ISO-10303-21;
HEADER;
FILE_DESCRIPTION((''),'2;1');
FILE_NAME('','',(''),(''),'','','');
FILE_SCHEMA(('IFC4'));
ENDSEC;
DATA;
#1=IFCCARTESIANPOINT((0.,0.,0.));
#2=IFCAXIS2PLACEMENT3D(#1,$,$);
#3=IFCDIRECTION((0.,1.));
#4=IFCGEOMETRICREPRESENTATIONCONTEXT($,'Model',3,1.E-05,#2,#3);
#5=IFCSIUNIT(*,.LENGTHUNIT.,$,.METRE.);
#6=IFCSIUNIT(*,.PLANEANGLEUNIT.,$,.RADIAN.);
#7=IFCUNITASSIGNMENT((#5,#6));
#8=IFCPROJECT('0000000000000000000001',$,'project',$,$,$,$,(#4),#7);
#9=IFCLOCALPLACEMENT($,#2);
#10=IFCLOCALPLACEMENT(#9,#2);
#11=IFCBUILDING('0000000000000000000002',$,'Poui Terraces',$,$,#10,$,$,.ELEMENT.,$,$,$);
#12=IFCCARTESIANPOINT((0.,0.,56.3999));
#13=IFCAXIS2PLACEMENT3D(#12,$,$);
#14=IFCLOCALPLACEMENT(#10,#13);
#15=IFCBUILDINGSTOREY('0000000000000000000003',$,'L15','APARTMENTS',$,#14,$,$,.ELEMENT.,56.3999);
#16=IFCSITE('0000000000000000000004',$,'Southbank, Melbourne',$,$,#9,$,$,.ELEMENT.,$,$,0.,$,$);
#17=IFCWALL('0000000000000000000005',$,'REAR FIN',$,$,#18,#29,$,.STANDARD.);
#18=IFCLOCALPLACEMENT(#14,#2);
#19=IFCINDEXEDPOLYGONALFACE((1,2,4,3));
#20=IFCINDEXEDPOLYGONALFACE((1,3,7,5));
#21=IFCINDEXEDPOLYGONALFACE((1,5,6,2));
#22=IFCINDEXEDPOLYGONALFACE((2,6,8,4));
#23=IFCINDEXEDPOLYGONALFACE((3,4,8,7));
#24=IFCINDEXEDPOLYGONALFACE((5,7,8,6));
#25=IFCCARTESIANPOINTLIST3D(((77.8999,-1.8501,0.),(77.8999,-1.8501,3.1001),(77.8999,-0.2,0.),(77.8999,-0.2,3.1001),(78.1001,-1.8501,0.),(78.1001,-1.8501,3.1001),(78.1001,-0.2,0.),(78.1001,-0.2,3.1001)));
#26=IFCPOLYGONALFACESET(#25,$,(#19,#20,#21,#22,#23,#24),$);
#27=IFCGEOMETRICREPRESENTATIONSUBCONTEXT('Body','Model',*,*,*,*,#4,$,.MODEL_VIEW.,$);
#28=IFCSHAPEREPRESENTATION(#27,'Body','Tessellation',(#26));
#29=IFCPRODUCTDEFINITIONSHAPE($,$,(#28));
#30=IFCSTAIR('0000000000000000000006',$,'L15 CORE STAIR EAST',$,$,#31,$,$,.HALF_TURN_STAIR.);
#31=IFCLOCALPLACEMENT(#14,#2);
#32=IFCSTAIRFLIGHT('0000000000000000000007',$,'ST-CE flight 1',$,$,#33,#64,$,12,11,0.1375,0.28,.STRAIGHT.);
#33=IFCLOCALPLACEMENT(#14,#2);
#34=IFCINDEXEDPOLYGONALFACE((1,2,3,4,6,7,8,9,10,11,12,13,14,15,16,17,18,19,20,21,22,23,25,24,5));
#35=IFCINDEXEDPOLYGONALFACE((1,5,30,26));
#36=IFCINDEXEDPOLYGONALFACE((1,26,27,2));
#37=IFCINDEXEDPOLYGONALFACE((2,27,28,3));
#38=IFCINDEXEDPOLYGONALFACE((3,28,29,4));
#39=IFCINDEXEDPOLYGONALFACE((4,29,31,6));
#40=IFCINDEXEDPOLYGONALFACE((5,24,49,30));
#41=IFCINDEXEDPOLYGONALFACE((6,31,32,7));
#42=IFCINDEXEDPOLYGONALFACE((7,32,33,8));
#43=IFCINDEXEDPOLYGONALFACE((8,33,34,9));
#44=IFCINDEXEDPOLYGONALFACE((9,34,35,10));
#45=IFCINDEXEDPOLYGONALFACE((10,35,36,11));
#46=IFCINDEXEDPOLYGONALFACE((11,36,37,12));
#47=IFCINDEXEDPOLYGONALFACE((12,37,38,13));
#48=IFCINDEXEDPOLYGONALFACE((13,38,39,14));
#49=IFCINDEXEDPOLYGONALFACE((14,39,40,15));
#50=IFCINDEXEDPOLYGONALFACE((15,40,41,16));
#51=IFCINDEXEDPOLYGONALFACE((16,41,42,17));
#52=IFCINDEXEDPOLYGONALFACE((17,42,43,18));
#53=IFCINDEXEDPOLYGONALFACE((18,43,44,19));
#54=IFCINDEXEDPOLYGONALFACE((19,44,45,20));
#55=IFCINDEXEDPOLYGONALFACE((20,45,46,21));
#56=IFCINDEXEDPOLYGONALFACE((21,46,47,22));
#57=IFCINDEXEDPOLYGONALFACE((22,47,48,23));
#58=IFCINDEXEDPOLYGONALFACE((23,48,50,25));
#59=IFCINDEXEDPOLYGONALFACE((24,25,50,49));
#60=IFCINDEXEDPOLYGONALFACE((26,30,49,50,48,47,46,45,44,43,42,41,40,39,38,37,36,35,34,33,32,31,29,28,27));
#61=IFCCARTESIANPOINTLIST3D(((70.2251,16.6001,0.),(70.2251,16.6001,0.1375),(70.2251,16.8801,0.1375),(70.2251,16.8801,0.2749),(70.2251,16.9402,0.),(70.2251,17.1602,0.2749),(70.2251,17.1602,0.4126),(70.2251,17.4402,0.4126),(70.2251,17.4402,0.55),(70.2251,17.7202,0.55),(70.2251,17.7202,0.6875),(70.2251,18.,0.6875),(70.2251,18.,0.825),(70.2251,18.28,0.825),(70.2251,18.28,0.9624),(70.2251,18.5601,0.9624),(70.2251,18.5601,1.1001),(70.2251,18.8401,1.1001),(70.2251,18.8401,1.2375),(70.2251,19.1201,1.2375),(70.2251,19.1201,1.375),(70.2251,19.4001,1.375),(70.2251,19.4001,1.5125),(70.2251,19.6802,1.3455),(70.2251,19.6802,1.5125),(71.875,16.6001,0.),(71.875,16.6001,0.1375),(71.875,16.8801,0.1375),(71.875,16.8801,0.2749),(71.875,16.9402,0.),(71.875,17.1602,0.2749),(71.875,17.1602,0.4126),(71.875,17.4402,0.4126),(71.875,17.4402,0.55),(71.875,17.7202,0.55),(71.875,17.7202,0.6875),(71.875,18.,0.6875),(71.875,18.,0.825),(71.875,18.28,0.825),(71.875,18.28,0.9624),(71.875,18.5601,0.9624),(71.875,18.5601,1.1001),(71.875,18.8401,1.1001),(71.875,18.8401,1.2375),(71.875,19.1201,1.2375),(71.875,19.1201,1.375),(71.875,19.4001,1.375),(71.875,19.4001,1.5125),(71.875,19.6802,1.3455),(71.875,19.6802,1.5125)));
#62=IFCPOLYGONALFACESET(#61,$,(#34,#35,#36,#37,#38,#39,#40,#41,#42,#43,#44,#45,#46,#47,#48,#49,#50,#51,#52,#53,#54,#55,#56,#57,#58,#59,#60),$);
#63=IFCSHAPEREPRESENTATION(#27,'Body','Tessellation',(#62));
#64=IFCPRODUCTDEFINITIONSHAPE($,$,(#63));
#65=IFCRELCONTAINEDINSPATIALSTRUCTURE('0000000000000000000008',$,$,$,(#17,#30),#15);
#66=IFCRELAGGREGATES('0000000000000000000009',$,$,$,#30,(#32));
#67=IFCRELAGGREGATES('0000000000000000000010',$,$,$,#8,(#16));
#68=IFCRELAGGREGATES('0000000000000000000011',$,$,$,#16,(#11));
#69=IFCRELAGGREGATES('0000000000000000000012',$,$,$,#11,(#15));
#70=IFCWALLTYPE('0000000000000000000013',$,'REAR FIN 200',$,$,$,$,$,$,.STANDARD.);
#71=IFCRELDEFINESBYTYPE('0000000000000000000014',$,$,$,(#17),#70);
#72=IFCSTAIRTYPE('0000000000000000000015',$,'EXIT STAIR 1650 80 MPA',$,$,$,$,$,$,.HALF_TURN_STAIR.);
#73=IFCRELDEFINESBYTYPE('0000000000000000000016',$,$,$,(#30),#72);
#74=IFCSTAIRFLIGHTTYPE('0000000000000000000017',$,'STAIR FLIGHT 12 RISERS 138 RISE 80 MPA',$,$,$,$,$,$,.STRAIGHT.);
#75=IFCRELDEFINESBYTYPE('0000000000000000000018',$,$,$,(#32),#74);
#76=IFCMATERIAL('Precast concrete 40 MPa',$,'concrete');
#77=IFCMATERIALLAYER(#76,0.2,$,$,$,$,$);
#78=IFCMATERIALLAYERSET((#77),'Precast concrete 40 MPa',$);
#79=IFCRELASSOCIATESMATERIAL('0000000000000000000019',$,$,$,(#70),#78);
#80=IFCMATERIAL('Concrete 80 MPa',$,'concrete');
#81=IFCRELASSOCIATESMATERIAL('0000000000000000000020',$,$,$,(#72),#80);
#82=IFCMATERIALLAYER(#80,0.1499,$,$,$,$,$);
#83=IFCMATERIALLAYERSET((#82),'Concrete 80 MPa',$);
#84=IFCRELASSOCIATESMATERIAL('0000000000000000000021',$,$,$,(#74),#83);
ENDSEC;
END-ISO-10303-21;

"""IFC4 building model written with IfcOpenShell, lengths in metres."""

from ifc_helpers import new_model, si_unit, direction, frame, origin, place, context, subcontext, project, spatial, polyline, outline, extrude, source, transform, mapped, material, layer, layer_set, type_object, element, aggregate, save


model = new_model("IFC4")

# Units and contexts
model_context = context("Model", 3, precision=1e-05, world=origin(), true_north=direction((0.0, 1.0)))
body_context = subcontext(model_context, "Body", "Model", "MODEL_VIEW")
ifc_project = project(units=[si_unit("LENGTHUNIT", "METRE"), si_unit("PLANEANGLEUNIT", "RADIAN")], contexts=[model_context])

# Site, building, storey
site_placement = place(None, origin())
site = spatial("IfcSite", under=ifc_project, at=site_placement, Name="Southbank, Melbourne", CompositionType="ELEMENT", RefElevation=0.0)
building_placement = place(site_placement, origin())
building = spatial("IfcBuilding", under=site, at=building_placement, Name="Poui Terraces", CompositionType="ELEMENT")
storey_placement = place(building_placement, frame((0.0, 0.0, 56.3999)))
storey = spatial("IfcBuildingStorey", under=building, at=storey_placement, Name="L15", Description="APARTMENTS", CompositionType="ELEMENT", Elevation=56.3999)

# Shared definitions
ifc_material_1 = material(Name="Concrete 80 MPa", Category="concrete")

# Shared definitions
ifc_material_2 = material(Name="Precast concrete 40 MPa", Category="concrete")

# Wall
ifc_layer_1 = layer(ifc_material_2, 0.2)
ifc_layer_set_1 = layer_set([ifc_layer_1], Name="Precast concrete 40 MPa")
wall_type_1 = type_object("IfcWallType", Name="REAR FIN 200", PredefinedType="STANDARD", material=ifc_layer_set_1)
shared_shape_1 = source(origin(), body_context, "Body", "SweptSolid", [
    extrude(outline(polyline([(0.0, 0.0), (0.2002, 0.0), (0.2002, 1.6501), (0.0, 1.6501), (0.0, 0.0)])), origin(), (0.0, 0.0, 1.0), 3.1001),
])
for number, where, name in (
    (1, (77.8999, -1.8501, 0.0), "REAR FIN"),
):
    element("IfcWall", number, at=place(storey_placement, frame(where)), inside=storey, type_object=wall_type_1, Name=name, PredefinedType="STANDARD", context=body_context, shape_type="MappedRepresentation", body=[
        mapped(shared_shape_1, transform((0.0, 0.0, 0.0))),
    ])

# Stair, stair flight
stair_type = type_object("IfcStairType", Name="EXIT STAIR 1650 80 MPA", PredefinedType="HALF_TURN_STAIR", material=ifc_material_1)
stair_placement = place(storey_placement, origin())
stair = element("IfcStair", 2, at=stair_placement, inside=storey, type_object=stair_type, Name="L15 CORE STAIR EAST", PredefinedType="HALF_TURN_STAIR")
ifc_layer_2 = layer(ifc_material_1, 0.1499)
ifc_layer_set_2 = layer_set([ifc_layer_2], Name="Concrete 80 MPa")
stair_flight_type = type_object("IfcStairFlightType", Name="STAIR FLIGHT 12 RISERS 138 RISE 80 MPA", PredefinedType="STRAIGHT", material=ifc_layer_set_2)
stair_flight_placement = place(storey_placement, frame((71.05, 16.6001, 0.0), z_axis=(0.0, 0.0, 1.0), x_axis=(0.0, 1.0, 0.0)))
stair_flight = element("IfcStairFlight", 3, at=stair_flight_placement, type_object=stair_flight_type, Name="ST-CE flight 1", NumberOfRisers=12, NumberOfTreads=11, PredefinedType="STRAIGHT", RiserHeight=0.1375, TreadLength=0.28, context=body_context, shape_type="SweptSolid", body=[
    extrude(outline(polyline([(0.0, 0.0), (0.0, 0.1375), (0.28, 0.1375), (0.28, 0.2749), (0.5601, 0.2749), (0.5601, 0.4126), (0.8401, 0.4126), (0.8401, 0.55), (1.1201, 0.55), (1.1201, 0.6875), (1.3999, 0.6875), (1.3999, 0.825), (1.6799, 0.825), (1.6799, 0.9624), (1.96, 0.9624), (1.96, 1.1001), (2.24, 1.1001), (2.24, 1.2375), (2.52, 1.2375), (2.52, 1.375), (2.8, 1.375), (2.8, 1.5125), (3.0801, 1.5125), (3.0801, 1.6499), (3.0801, 1.3455), (0.3401, 0.0), (0.0, 0.0)])), frame((0.0, 0.825, 0.0), z_axis=(0.0, -1.0, 0.0), x_axis=(1.0, 0.0, 0.0)), (0.0, 0.0, 1.0), 1.6499),
])
aggregate(stair, [stair_flight])

save(model, "model.ifc")
